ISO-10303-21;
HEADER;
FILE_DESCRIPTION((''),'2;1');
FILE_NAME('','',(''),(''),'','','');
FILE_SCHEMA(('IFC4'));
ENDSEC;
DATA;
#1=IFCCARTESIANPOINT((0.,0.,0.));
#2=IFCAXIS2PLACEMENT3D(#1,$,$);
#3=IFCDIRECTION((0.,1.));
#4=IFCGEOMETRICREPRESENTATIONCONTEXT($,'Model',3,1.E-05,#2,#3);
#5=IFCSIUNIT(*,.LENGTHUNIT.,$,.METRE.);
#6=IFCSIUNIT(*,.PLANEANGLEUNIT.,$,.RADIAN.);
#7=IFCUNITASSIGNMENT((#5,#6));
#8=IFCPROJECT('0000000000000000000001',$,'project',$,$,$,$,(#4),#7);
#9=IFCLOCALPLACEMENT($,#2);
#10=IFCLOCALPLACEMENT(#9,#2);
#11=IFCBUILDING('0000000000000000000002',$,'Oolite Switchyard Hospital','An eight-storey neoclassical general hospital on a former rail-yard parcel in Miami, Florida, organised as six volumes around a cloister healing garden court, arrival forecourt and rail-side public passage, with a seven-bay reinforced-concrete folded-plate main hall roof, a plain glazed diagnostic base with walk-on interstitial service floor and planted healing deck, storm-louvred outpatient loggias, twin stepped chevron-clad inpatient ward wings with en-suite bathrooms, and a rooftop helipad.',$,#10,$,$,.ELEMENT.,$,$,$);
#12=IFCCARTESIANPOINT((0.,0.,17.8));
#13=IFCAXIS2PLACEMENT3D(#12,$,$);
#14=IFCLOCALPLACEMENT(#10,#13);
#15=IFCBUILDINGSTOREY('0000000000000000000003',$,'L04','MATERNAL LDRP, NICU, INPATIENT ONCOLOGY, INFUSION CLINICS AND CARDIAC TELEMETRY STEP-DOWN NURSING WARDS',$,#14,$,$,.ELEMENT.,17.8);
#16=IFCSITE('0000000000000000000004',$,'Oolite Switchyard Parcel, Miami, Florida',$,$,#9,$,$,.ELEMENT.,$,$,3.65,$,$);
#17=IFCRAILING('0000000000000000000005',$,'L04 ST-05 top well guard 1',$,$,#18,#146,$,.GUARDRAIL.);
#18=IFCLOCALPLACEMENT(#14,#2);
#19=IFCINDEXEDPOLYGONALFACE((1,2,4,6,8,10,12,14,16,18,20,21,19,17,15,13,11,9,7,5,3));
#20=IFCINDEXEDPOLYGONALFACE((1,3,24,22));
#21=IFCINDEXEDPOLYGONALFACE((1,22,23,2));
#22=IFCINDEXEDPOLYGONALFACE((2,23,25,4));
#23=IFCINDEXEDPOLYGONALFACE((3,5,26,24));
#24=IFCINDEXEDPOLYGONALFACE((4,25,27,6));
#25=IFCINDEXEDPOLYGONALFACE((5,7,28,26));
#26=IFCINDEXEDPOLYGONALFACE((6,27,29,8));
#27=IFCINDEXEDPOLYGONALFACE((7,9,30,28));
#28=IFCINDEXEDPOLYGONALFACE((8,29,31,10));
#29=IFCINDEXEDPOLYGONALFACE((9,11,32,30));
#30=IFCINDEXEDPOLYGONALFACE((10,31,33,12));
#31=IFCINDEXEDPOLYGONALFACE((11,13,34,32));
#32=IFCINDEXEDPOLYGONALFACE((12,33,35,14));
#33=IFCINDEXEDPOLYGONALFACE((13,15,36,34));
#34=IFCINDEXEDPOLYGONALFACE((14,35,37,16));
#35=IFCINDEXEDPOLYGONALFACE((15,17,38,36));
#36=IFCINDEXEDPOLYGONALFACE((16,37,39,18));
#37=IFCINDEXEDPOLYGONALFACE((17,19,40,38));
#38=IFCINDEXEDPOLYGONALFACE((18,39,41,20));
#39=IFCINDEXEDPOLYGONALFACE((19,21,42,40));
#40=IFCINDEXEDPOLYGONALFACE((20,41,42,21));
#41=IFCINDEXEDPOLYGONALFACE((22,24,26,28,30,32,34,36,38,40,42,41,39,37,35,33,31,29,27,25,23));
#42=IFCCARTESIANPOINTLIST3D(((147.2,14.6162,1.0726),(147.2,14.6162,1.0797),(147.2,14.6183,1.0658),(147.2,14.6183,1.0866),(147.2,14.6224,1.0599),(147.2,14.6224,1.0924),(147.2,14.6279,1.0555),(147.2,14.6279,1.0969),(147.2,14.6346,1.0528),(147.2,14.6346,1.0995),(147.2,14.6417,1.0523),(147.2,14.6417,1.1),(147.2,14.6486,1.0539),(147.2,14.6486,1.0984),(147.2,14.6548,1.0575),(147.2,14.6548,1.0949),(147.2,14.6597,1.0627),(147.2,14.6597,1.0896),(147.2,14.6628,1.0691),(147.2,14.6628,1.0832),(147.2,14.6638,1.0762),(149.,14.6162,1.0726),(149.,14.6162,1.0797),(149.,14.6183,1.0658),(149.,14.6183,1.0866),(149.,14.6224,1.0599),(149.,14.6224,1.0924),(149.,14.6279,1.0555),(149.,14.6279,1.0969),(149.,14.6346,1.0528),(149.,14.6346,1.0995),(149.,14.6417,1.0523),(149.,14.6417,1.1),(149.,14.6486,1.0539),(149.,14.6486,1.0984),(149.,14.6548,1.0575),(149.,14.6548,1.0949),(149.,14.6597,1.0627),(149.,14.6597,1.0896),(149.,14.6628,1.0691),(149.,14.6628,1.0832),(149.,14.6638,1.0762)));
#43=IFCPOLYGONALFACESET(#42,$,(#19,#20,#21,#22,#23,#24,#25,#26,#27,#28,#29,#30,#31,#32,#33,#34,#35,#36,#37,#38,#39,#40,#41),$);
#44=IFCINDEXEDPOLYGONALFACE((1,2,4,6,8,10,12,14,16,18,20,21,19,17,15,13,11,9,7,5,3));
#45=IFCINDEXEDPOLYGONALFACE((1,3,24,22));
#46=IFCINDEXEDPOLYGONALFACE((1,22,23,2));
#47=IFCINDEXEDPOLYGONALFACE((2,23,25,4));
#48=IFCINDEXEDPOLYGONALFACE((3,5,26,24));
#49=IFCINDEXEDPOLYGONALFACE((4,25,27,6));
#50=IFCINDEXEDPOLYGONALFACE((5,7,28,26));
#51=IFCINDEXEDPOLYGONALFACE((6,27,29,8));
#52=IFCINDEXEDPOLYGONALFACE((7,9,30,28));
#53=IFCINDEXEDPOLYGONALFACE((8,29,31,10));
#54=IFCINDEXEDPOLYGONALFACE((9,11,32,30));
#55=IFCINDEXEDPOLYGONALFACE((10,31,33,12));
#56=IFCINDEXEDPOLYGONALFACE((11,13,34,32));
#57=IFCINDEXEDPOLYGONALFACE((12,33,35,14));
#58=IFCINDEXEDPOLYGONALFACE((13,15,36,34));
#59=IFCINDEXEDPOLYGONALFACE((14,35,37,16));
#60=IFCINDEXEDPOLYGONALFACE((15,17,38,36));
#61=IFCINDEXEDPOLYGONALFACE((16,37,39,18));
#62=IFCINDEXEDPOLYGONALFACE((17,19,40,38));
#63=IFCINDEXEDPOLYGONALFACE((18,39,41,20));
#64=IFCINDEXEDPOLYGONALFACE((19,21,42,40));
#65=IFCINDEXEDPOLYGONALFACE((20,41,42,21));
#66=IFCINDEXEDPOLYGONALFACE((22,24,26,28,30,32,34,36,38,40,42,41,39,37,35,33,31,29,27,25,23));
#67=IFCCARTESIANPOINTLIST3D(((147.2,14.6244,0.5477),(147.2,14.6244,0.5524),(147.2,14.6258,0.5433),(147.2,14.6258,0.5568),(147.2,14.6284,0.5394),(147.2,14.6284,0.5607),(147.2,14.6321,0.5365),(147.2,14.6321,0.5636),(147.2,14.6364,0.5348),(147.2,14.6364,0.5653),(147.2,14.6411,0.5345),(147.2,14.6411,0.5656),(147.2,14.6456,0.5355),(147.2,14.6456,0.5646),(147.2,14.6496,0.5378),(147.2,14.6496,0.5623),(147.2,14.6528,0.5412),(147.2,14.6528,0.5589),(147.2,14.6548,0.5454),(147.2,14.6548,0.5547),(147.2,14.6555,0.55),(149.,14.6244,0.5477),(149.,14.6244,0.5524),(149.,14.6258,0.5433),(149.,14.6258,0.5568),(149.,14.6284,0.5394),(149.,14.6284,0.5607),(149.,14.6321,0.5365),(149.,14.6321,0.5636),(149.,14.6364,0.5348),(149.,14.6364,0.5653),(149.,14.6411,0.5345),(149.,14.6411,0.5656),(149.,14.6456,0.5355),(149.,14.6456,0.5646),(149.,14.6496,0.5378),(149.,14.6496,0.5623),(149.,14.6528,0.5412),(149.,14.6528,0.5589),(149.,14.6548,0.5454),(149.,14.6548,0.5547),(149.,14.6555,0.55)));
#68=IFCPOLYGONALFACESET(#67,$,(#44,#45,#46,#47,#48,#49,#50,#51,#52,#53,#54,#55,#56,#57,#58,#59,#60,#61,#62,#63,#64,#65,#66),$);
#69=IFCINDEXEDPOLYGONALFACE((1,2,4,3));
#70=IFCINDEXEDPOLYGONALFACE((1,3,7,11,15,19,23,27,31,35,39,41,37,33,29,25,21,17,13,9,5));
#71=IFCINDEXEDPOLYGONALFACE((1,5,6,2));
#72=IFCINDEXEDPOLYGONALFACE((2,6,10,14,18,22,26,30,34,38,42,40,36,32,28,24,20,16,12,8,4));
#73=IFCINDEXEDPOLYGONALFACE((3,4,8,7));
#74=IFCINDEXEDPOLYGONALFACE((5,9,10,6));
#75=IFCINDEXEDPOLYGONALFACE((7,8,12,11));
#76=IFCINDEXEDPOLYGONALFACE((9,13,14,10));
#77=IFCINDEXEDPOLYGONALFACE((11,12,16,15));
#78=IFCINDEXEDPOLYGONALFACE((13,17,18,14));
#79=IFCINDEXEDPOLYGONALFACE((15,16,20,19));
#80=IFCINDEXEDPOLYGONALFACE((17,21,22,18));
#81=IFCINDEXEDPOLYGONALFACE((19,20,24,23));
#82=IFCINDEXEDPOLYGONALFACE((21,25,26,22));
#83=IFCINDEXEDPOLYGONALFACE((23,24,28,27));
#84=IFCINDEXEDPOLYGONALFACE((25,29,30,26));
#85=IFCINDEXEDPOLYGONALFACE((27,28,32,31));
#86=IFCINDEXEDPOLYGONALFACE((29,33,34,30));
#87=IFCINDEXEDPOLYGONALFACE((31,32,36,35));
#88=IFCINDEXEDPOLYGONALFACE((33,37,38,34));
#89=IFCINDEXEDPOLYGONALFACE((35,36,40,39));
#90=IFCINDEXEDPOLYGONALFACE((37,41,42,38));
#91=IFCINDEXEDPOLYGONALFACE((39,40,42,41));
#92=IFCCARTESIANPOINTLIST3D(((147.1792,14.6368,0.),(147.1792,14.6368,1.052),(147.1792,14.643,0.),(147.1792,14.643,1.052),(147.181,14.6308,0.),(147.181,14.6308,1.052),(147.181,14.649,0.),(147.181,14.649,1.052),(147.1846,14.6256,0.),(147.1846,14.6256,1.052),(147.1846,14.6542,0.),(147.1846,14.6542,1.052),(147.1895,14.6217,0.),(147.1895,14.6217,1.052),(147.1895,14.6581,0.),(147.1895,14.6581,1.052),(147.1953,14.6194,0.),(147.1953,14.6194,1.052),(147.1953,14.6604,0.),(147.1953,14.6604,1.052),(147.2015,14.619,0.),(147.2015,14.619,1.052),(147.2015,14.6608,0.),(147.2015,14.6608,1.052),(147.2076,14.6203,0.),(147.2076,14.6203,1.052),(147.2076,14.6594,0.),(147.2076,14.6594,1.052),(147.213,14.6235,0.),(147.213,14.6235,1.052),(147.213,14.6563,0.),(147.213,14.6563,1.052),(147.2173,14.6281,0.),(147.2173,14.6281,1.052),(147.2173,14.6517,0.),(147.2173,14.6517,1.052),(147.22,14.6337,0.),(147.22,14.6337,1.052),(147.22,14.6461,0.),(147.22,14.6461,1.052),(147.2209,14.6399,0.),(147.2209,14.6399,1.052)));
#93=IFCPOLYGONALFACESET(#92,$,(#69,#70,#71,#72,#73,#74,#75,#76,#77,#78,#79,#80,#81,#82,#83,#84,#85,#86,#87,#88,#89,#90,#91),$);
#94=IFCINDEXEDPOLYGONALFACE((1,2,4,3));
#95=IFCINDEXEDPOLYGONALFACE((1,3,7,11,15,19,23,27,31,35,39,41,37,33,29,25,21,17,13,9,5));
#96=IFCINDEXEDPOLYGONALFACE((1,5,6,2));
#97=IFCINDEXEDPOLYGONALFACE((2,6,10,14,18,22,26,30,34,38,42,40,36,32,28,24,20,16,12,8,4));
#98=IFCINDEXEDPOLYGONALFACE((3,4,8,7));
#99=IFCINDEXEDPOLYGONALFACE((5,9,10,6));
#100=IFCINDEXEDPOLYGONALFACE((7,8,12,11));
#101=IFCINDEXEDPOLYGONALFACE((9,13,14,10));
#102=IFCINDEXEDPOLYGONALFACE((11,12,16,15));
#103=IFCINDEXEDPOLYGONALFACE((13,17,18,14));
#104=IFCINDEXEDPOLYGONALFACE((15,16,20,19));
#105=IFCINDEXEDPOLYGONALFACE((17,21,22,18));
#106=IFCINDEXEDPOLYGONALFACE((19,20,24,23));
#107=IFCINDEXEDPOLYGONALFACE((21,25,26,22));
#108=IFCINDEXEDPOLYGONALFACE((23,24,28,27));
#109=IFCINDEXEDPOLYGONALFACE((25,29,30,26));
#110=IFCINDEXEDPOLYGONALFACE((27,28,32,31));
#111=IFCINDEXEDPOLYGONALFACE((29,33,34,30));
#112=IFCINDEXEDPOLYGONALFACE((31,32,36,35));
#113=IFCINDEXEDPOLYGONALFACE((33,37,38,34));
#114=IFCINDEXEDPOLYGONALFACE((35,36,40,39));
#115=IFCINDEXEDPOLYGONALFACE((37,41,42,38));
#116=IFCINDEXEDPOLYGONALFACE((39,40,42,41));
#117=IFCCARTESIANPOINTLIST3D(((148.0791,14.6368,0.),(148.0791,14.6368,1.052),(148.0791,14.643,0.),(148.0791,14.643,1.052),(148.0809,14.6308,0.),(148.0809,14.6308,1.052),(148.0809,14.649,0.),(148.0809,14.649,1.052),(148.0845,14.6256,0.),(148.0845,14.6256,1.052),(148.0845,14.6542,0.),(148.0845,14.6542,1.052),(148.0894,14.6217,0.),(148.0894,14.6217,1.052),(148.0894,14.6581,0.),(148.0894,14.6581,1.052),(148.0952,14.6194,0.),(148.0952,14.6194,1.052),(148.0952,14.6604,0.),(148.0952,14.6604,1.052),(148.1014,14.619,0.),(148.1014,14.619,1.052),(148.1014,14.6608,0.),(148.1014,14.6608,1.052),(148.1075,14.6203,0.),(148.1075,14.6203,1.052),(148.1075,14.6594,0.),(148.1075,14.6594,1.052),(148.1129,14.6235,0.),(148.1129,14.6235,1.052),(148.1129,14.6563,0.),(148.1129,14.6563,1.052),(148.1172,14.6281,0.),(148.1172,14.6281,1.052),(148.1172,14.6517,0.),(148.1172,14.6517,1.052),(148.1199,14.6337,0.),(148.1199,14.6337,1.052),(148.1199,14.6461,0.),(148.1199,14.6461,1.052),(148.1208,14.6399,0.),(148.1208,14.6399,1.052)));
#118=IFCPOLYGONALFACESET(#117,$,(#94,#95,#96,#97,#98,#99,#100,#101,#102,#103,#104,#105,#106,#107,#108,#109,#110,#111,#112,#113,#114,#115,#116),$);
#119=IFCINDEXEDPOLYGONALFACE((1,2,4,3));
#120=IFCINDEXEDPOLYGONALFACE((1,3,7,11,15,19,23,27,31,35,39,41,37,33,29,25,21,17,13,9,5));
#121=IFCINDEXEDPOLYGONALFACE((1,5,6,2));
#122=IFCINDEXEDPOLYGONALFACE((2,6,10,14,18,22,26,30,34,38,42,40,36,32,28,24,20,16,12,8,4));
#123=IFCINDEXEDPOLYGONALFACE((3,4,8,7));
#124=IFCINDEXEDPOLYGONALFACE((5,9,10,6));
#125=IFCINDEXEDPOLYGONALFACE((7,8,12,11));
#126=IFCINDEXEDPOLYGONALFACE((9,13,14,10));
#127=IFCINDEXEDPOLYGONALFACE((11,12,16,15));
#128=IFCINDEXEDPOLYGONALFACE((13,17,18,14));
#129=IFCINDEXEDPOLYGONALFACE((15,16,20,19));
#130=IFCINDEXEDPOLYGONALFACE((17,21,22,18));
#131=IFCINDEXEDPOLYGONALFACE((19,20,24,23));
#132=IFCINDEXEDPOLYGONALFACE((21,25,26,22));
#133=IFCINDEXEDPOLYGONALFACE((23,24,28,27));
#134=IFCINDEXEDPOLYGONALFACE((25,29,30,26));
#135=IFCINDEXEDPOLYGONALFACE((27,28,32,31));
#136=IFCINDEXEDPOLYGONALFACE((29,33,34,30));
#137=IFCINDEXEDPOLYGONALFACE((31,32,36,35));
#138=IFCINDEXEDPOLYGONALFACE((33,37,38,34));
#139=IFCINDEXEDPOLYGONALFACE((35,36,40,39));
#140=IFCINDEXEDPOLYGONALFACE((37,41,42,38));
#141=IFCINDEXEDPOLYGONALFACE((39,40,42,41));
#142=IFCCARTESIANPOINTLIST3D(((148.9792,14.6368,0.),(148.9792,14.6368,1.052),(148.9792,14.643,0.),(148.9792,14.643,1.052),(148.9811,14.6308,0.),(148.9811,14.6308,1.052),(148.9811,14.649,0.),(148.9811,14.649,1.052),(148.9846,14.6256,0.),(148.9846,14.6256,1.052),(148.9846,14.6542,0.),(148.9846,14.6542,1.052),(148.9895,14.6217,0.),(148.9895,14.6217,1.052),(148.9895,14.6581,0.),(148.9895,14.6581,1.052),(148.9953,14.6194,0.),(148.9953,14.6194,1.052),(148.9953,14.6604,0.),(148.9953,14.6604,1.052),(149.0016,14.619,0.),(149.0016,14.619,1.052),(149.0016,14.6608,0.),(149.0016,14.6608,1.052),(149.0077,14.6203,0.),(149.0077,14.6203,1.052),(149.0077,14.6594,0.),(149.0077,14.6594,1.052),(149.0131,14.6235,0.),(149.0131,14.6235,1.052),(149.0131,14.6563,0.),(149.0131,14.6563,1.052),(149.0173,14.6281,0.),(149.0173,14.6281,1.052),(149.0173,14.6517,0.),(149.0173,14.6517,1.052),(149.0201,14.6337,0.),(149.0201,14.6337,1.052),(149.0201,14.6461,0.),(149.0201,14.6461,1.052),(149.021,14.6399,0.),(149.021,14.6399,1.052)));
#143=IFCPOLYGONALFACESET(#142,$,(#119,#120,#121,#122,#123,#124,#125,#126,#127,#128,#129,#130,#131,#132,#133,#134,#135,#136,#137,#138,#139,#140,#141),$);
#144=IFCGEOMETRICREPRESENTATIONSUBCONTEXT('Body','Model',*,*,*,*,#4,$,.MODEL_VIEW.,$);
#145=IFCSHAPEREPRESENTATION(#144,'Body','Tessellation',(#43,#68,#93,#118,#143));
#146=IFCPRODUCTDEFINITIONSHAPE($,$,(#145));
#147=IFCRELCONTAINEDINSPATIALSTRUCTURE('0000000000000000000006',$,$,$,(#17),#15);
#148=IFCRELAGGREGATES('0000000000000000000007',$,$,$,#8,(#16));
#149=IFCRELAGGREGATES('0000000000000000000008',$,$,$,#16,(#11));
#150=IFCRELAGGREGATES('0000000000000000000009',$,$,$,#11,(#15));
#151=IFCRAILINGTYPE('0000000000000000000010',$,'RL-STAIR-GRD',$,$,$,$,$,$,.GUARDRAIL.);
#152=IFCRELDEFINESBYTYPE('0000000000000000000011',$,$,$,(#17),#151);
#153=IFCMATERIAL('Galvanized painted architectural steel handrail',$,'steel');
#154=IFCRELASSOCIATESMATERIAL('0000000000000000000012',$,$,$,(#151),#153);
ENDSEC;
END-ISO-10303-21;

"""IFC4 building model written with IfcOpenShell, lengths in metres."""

from ifc_helpers import new_model, si_unit, direction, frame, origin, origin_2d, place, context, subcontext, project, spatial, circle, extrude, material, type_object, element, save


model = new_model("IFC4")

# Units and contexts
model_context = context("Model", 3, precision=1e-05, world=origin(), true_north=direction((0.0, 1.0)))
body_context = subcontext(model_context, "Body", "Model", "MODEL_VIEW")
ifc_project = project(units=[si_unit("LENGTHUNIT", "METRE"), si_unit("PLANEANGLEUNIT", "RADIAN")], contexts=[model_context])

# Site, building, storey
site_placement = place(None, origin())
site = spatial("IfcSite", under=ifc_project, at=site_placement, Name="Oolite Switchyard Parcel, Miami, Florida", CompositionType="ELEMENT", RefElevation=3.65)
building_placement = place(site_placement, origin())
building = spatial("IfcBuilding", under=site, at=building_placement, Name="Oolite Switchyard Hospital", Description="An eight-storey neoclassical general hospital on a former rail-yard parcel in Miami, Florida, organised as six volumes around a cloister healing garden court, arrival forecourt and rail-side public passage, with a seven-bay reinforced-concrete folded-plate main hall roof, a plain glazed diagnostic base with walk-on interstitial service floor and planted healing deck, storm-louvred outpatient loggias, twin stepped chevron-clad inpatient ward wings with en-suite bathrooms, and a rooftop helipad.", CompositionType="ELEMENT")
storey_placement = place(building_placement, frame((0.0, 0.0, 17.8)))
storey = spatial("IfcBuildingStorey", under=building, at=storey_placement, Name="L04", Description="MATERNAL LDRP, NICU, INPATIENT ONCOLOGY, INFUSION CLINICS AND CARDIAC TELEMETRY STEP-DOWN NURSING WARDS", CompositionType="ELEMENT", Elevation=17.8)

# Railing
ifc_material_1 = material(Name="Galvanized painted architectural steel handrail", Category="steel")
railing_type = type_object("IfcRailingType", Name="RL-STAIR-GRD", PredefinedType="GUARDRAIL", material=ifc_material_1)
railing_placement = place(storey_placement, frame((147.2, 14.6399, 0.0)))
element("IfcRailing", 1, at=railing_placement, inside=storey, type_object=railing_type, Name="L04 ST-05 top well guard 1", PredefinedType="GUARDRAIL", context=body_context, shape_type="SweptSolid", body=[
    extrude(circle(Radius=0.0239, at=origin_2d()), frame((0.0, 0.0, 1.0762), z_axis=(1.0, 0.0, 0.0), x_axis=(0.0, 1.0, 0.0)), (0.0, 0.0, 1.0), 1.8),
    extrude(circle(Radius=0.0156, at=origin_2d()), frame((0.0, 0.0, 0.55), z_axis=(1.0, 0.0, 0.0), x_axis=(0.0, 1.0, 0.0)), (0.0, 0.0, 1.0), 1.8),
    extrude(circle(Radius=0.021, at=origin_2d()), origin(), (0.0, 0.0, 1.0), 1.052),
    extrude(circle(Radius=0.021, at=origin_2d()), frame((0.8999, 0.0, 0.0)), (0.0, 0.0, 1.0), 1.052),
    extrude(circle(Radius=0.021, at=origin_2d()), frame((1.8, 0.0, 0.0)), (0.0, 0.0, 1.0), 1.052),
])

save(model, "model.ifc")
